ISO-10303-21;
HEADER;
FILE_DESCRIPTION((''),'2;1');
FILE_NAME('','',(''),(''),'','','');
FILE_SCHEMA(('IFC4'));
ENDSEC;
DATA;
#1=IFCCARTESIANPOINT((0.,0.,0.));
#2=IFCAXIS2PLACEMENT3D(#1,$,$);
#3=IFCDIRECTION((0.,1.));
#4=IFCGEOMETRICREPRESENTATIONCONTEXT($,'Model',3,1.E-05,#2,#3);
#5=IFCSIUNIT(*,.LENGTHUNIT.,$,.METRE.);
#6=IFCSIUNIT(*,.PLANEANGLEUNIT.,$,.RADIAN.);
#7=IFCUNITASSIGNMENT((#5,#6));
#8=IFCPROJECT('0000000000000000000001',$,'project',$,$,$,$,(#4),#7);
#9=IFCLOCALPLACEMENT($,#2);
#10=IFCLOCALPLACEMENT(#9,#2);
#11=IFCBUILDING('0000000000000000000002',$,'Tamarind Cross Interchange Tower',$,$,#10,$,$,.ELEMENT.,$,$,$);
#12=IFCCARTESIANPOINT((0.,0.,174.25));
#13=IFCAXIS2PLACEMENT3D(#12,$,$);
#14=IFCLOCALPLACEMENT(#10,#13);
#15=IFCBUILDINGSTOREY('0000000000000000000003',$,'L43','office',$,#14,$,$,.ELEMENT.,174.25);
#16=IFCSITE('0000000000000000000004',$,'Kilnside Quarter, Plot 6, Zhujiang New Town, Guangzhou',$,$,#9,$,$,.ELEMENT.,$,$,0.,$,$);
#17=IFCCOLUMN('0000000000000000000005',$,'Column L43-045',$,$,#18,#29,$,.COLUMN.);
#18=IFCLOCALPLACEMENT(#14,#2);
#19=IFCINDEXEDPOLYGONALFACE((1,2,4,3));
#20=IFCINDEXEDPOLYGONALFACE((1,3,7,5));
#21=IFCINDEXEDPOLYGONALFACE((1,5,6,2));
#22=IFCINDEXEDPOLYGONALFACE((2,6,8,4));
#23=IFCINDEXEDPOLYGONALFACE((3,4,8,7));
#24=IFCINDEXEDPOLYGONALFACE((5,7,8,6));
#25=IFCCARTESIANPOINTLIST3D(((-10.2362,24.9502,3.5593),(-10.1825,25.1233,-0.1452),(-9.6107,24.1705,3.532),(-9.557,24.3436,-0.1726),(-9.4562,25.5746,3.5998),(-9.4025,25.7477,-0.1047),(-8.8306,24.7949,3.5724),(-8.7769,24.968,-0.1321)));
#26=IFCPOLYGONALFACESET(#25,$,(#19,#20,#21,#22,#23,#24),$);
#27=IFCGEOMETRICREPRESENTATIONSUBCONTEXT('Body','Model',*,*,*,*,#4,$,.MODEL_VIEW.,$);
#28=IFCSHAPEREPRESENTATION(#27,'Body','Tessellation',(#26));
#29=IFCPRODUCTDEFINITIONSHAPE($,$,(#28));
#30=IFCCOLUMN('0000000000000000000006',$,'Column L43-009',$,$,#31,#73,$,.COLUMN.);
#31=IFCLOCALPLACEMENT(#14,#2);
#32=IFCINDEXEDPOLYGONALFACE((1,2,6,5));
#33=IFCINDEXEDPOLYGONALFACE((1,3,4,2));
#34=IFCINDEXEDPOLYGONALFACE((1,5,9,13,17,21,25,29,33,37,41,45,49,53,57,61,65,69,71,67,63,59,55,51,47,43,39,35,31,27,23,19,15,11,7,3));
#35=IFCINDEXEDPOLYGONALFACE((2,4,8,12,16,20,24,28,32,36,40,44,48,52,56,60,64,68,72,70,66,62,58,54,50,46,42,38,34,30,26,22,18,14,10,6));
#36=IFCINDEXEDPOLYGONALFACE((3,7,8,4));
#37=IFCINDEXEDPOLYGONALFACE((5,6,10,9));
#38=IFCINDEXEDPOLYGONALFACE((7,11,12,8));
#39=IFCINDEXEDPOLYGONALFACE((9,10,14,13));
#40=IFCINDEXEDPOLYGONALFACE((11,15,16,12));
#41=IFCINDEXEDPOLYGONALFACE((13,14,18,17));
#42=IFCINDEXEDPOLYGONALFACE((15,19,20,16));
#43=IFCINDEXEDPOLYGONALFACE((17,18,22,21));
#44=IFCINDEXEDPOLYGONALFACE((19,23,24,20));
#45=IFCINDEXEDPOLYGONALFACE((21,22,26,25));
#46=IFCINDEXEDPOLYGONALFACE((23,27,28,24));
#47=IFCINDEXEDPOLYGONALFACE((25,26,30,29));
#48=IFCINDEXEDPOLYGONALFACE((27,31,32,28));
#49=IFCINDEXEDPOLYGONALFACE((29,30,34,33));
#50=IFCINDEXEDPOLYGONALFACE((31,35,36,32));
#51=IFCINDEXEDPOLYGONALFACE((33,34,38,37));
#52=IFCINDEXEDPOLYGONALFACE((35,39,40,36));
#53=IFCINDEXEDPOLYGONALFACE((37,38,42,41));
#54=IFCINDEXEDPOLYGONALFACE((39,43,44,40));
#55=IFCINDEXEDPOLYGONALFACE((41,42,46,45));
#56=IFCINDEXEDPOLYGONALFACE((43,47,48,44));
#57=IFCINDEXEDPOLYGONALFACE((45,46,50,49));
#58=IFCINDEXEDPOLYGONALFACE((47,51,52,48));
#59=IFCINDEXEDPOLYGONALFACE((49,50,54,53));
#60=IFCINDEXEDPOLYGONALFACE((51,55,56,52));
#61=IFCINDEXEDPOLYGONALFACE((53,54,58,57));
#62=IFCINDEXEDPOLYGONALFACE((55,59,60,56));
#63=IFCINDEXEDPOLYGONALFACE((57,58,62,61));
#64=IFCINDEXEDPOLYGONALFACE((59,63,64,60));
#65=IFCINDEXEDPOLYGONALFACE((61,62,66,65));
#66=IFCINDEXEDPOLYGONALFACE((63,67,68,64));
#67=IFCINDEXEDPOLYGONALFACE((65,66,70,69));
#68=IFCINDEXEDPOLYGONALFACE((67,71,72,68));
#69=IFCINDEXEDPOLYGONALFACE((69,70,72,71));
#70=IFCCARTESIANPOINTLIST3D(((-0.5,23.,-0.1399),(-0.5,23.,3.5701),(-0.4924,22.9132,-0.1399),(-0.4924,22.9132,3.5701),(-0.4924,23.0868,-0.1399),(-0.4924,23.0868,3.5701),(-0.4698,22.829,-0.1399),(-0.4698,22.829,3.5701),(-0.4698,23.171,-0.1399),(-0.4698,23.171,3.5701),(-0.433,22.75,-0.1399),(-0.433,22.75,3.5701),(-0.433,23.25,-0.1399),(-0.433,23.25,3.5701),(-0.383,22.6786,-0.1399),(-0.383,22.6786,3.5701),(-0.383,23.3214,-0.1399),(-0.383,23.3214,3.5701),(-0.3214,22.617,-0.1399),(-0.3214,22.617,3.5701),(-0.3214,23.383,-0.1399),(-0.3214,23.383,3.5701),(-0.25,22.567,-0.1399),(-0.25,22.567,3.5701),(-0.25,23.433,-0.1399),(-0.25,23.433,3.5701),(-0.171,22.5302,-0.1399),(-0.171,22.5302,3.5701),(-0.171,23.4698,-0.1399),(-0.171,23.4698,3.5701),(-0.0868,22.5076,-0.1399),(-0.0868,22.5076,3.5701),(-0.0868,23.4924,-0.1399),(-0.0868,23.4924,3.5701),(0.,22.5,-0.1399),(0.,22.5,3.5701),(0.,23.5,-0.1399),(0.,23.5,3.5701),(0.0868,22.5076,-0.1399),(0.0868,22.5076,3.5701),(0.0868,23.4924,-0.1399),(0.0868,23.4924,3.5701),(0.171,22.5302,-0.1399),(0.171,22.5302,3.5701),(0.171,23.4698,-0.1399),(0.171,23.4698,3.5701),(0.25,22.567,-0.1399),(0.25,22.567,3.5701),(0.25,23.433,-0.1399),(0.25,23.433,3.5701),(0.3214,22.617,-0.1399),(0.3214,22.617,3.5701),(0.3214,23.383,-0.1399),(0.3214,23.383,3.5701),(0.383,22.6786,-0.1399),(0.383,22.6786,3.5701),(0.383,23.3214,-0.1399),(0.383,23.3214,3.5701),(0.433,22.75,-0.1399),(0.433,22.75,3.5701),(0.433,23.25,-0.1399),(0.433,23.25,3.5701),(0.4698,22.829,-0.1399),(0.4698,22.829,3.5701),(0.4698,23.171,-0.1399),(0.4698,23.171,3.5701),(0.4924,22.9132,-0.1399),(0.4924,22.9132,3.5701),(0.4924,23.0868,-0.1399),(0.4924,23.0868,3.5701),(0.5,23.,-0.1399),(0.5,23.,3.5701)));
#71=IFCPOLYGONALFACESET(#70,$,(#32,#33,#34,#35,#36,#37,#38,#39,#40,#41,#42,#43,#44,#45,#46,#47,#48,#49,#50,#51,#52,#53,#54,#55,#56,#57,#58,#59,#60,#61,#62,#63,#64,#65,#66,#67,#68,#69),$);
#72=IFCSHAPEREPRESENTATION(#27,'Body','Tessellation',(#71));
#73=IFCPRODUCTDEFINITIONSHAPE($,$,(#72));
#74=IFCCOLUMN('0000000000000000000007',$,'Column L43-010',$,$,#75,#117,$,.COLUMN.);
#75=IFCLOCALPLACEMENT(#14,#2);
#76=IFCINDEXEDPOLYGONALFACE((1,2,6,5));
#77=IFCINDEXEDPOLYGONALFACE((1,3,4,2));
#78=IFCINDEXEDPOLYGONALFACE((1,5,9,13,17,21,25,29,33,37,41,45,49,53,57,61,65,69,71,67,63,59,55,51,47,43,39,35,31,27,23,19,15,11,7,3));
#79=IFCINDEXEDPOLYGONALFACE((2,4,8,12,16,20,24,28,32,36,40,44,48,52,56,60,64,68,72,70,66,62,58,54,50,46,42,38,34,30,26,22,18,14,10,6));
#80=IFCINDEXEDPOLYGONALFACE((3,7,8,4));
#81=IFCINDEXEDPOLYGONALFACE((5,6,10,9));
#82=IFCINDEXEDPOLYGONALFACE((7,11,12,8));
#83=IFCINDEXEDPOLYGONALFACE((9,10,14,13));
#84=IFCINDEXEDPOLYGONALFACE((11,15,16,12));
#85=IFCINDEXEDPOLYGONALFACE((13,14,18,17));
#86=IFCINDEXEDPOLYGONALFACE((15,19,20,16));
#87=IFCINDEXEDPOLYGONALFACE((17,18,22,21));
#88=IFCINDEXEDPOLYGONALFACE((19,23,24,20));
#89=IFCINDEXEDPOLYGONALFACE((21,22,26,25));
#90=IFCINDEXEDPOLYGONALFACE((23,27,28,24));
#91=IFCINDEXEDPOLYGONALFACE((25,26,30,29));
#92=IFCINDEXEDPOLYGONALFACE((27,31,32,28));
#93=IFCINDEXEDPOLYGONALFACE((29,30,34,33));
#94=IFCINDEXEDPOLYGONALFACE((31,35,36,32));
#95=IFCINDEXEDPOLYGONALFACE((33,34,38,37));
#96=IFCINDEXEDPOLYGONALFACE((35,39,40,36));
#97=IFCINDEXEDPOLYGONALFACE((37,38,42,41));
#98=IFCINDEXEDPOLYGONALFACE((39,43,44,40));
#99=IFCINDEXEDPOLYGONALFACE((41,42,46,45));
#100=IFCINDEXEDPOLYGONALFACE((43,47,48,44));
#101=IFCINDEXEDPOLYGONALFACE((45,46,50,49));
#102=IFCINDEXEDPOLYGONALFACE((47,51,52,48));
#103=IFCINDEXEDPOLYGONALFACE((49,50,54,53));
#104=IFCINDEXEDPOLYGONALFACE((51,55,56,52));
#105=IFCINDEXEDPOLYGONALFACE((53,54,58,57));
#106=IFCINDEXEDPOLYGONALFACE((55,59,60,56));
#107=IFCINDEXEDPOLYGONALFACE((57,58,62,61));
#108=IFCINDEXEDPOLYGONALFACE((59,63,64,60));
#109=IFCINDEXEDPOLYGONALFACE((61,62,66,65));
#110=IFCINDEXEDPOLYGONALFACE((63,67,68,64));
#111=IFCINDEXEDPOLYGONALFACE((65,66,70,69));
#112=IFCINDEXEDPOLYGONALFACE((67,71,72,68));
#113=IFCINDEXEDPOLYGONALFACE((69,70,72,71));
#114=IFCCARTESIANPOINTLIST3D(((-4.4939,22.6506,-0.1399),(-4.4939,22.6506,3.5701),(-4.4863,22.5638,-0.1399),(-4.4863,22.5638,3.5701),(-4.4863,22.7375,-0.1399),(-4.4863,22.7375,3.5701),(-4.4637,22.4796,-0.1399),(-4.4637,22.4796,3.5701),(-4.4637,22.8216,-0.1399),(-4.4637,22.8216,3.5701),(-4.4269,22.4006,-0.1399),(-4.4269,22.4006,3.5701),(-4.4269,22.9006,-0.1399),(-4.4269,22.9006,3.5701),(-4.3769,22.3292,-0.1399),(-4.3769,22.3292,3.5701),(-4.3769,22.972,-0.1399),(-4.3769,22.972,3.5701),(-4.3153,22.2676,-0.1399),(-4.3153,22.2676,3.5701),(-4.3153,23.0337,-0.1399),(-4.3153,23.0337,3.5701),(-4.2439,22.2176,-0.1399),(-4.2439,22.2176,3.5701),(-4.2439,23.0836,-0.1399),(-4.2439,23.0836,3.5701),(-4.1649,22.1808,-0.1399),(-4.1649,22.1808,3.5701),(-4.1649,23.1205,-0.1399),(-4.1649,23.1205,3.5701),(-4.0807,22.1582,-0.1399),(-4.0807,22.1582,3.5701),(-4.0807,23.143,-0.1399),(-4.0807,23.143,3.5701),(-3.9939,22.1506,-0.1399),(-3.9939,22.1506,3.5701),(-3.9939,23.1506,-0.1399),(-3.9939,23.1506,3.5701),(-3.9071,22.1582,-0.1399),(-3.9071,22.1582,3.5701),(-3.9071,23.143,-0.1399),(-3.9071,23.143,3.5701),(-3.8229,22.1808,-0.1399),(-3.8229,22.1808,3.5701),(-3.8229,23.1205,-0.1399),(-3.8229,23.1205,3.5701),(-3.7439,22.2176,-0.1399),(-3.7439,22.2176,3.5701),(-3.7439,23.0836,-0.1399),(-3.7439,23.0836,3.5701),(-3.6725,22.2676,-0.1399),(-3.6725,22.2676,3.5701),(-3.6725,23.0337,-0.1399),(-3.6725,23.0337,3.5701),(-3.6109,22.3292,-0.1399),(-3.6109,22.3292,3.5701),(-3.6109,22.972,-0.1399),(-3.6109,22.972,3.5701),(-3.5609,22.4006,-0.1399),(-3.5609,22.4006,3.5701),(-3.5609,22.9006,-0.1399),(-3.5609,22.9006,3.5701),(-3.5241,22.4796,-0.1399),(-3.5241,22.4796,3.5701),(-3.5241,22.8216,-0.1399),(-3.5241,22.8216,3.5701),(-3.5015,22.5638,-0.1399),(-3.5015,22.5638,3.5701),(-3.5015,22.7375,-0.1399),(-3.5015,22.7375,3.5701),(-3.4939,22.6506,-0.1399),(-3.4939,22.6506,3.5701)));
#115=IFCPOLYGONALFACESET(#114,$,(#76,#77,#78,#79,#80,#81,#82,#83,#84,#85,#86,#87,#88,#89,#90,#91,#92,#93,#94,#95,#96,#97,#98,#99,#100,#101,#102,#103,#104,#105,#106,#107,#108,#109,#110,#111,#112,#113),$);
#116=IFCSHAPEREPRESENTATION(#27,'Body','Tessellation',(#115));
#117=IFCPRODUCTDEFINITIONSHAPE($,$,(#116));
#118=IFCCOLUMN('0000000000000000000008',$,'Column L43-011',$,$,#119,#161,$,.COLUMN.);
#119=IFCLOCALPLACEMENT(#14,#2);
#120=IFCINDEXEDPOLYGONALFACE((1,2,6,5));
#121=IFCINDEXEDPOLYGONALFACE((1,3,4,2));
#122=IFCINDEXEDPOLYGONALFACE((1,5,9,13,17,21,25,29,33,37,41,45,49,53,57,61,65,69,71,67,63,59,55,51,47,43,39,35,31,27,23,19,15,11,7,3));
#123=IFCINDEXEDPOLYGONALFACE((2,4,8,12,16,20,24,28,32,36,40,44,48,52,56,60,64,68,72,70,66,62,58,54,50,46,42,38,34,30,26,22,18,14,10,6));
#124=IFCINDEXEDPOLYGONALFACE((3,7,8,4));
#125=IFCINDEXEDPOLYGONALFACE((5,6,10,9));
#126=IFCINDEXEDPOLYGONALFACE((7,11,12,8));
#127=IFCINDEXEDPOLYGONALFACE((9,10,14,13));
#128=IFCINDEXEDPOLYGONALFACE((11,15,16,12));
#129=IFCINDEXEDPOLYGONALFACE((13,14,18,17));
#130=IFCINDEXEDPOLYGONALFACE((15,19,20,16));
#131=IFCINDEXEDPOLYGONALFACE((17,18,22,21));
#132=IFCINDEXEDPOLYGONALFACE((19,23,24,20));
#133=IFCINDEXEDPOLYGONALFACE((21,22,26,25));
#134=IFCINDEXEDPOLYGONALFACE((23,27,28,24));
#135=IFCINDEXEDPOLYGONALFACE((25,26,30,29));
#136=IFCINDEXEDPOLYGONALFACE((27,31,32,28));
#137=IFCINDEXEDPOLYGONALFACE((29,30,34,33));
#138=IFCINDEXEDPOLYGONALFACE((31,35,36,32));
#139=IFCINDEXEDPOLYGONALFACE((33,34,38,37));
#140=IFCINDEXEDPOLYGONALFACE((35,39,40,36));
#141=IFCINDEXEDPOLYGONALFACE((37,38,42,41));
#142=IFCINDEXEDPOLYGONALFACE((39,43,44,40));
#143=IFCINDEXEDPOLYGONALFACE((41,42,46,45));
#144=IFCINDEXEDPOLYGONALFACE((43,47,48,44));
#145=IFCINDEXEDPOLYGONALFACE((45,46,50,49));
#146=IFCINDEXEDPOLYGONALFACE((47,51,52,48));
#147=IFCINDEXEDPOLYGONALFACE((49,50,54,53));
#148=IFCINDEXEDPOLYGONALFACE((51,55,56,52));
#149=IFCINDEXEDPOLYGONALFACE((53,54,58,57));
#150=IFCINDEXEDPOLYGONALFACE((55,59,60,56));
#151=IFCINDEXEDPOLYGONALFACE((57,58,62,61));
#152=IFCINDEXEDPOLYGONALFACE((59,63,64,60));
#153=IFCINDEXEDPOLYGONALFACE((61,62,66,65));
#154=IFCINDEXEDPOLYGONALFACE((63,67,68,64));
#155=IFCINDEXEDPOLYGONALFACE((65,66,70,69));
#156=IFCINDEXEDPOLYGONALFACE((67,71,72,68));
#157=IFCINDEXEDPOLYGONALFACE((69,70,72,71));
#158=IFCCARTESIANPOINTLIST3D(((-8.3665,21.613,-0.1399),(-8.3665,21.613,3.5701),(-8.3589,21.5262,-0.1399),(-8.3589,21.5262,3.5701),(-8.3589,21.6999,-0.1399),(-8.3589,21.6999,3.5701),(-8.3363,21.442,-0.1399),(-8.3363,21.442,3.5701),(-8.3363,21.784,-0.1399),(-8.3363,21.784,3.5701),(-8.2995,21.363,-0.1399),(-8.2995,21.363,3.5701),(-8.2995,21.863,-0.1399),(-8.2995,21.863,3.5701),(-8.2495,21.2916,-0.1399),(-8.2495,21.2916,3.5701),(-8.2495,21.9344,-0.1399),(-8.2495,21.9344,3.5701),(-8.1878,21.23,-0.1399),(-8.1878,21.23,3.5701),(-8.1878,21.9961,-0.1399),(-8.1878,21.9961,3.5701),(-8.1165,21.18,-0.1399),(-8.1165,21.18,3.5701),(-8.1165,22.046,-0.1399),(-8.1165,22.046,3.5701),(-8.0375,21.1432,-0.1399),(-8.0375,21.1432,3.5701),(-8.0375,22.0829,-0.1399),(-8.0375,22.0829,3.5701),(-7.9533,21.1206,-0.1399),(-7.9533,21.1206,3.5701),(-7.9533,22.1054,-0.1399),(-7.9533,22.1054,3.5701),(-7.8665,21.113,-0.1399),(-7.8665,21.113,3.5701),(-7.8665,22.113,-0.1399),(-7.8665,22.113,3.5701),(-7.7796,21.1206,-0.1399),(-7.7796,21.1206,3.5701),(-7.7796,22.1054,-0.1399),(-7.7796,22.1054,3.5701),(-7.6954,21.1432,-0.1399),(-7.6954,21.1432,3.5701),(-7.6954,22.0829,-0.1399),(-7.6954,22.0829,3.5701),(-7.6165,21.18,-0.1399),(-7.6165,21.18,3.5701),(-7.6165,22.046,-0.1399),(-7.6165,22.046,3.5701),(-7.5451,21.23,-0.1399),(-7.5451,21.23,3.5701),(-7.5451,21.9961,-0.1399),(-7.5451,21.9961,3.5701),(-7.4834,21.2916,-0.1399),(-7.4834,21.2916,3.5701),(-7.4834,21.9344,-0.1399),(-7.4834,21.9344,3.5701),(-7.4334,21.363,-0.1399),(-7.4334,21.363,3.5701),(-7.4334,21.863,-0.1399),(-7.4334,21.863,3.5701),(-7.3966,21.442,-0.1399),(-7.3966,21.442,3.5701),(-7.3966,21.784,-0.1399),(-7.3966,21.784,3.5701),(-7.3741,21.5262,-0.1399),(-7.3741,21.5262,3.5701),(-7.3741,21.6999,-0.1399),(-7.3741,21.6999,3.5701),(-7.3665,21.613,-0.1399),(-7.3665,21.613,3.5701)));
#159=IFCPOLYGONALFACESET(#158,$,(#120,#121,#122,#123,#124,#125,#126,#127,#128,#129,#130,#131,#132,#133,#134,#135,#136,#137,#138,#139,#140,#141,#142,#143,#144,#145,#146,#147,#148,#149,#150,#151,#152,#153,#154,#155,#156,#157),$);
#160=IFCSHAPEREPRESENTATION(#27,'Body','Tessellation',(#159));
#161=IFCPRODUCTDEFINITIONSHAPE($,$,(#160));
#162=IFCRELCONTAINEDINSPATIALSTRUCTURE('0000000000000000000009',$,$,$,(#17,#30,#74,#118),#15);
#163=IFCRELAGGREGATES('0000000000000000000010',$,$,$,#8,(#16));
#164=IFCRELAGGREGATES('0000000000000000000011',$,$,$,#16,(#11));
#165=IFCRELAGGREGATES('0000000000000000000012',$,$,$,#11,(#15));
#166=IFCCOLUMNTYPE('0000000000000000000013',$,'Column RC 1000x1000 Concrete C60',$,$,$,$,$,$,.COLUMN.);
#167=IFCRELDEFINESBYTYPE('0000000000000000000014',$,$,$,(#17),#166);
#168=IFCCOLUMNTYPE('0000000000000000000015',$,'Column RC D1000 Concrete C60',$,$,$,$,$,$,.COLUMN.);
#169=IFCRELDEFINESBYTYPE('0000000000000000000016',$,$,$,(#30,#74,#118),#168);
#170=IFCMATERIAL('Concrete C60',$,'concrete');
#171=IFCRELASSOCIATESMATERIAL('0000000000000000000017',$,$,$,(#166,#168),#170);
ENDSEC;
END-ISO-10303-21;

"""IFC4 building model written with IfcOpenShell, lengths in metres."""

from ifc_helpers import new_model, si_unit, direction, frame, origin, origin_2d, place, context, subcontext, project, spatial, rectangle, circle, extrude, material, material_profile, profile_set, type_object, element, save


model = new_model("IFC4")

# Units and contexts
model_context = context("Model", 3, precision=1e-05, world=origin(), true_north=direction((0.0, 1.0)))
body_context = subcontext(model_context, "Body", "Model", "MODEL_VIEW")
ifc_project = project(units=[si_unit("LENGTHUNIT", "METRE"), si_unit("PLANEANGLEUNIT", "RADIAN")], contexts=[model_context])

# Site, building, storey
site_placement = place(None, origin())
site = spatial("IfcSite", under=ifc_project, at=site_placement, Name="Kilnside Quarter, Plot 6, Zhujiang New Town, Guangzhou", CompositionType="ELEMENT", RefElevation=0.0)
building_placement = place(site_placement, origin())
building = spatial("IfcBuilding", under=site, at=building_placement, Name="Tamarind Cross Interchange Tower", CompositionType="ELEMENT")
storey_placement = place(building_placement, frame((0.0, 0.0, 174.25)))
storey = spatial("IfcBuildingStorey", under=building, at=storey_placement, Name="L43", Description="office", CompositionType="ELEMENT", Elevation=174.25)

# Columns
ifc_material_1 = material(Name="Concrete C60", Category="concrete")
ifc_material_profile_1 = material_profile(ifc_material_1, rectangle(XDim=1.0, YDim=1.0, at=origin_2d()), Name="RC 1000x1000")
ifc_profile_set_1 = profile_set([ifc_material_profile_1], Name="Concrete C60")
column_type_1 = type_object("IfcColumnType", Name="Column RC 1000x1000 Concrete C60", PredefinedType="COLUMN", material=ifc_profile_set_1)
column_placement = place(storey_placement, frame((-9.4797, 25.0457, -0.1387), z_axis=(-0.014481, -0.046669, 0.998805), x_axis=(0.780047, 0.624409, 0.040485)))
element("IfcColumn", 1, at=column_placement, inside=storey, type_object=column_type_1, Name="Column L43-045", PredefinedType="COLUMN", context=body_context, shape_type="SweptSolid", body=[
    extrude(rectangle(XDim=1.0, YDim=1.0, at=origin_2d()), origin(), (0.0, 0.0, 1.0), 3.709),
])
ifc_material_profile_2 = material_profile(ifc_material_1, circle(Radius=0.5, at=origin_2d()), Name="RC D1000")
ifc_profile_set_2 = profile_set([ifc_material_profile_2], Name="Concrete C60")
column_type_2 = type_object("IfcColumnType", Name="Column RC D1000 Concrete C60", PredefinedType="COLUMN", material=ifc_profile_set_2)
for number, where, z_axis, x_axis, name in (
    (2, (0.0, 23.0, -0.1399), (0.0, 0.0, 1.0), (1.0, 0.0, 0.0), "Column L43-009"),
    (3, (-3.9939, 22.6506, -0.1399), (0.0, 0.0, 1.0), (1.0, 0.0, 0.0), "Column L43-010"),
    (4, (-7.8665, 21.613, -0.1399), (0.0, 0.0, 1.0), (1.0, 0.0, 0.0), "Column L43-011"),
):
    element("IfcColumn", number, at=place(storey_placement, frame(where, z_axis=z_axis, x_axis=x_axis)), inside=storey, type_object=column_type_2, Name=name, PredefinedType="COLUMN", context=body_context, shape_type="SweptSolid", body=[
        extrude(circle(Radius=0.5, at=origin_2d()), origin(), (0.0, 0.0, 1.0), 3.71),
    ])

save(model, "model.ifc")
